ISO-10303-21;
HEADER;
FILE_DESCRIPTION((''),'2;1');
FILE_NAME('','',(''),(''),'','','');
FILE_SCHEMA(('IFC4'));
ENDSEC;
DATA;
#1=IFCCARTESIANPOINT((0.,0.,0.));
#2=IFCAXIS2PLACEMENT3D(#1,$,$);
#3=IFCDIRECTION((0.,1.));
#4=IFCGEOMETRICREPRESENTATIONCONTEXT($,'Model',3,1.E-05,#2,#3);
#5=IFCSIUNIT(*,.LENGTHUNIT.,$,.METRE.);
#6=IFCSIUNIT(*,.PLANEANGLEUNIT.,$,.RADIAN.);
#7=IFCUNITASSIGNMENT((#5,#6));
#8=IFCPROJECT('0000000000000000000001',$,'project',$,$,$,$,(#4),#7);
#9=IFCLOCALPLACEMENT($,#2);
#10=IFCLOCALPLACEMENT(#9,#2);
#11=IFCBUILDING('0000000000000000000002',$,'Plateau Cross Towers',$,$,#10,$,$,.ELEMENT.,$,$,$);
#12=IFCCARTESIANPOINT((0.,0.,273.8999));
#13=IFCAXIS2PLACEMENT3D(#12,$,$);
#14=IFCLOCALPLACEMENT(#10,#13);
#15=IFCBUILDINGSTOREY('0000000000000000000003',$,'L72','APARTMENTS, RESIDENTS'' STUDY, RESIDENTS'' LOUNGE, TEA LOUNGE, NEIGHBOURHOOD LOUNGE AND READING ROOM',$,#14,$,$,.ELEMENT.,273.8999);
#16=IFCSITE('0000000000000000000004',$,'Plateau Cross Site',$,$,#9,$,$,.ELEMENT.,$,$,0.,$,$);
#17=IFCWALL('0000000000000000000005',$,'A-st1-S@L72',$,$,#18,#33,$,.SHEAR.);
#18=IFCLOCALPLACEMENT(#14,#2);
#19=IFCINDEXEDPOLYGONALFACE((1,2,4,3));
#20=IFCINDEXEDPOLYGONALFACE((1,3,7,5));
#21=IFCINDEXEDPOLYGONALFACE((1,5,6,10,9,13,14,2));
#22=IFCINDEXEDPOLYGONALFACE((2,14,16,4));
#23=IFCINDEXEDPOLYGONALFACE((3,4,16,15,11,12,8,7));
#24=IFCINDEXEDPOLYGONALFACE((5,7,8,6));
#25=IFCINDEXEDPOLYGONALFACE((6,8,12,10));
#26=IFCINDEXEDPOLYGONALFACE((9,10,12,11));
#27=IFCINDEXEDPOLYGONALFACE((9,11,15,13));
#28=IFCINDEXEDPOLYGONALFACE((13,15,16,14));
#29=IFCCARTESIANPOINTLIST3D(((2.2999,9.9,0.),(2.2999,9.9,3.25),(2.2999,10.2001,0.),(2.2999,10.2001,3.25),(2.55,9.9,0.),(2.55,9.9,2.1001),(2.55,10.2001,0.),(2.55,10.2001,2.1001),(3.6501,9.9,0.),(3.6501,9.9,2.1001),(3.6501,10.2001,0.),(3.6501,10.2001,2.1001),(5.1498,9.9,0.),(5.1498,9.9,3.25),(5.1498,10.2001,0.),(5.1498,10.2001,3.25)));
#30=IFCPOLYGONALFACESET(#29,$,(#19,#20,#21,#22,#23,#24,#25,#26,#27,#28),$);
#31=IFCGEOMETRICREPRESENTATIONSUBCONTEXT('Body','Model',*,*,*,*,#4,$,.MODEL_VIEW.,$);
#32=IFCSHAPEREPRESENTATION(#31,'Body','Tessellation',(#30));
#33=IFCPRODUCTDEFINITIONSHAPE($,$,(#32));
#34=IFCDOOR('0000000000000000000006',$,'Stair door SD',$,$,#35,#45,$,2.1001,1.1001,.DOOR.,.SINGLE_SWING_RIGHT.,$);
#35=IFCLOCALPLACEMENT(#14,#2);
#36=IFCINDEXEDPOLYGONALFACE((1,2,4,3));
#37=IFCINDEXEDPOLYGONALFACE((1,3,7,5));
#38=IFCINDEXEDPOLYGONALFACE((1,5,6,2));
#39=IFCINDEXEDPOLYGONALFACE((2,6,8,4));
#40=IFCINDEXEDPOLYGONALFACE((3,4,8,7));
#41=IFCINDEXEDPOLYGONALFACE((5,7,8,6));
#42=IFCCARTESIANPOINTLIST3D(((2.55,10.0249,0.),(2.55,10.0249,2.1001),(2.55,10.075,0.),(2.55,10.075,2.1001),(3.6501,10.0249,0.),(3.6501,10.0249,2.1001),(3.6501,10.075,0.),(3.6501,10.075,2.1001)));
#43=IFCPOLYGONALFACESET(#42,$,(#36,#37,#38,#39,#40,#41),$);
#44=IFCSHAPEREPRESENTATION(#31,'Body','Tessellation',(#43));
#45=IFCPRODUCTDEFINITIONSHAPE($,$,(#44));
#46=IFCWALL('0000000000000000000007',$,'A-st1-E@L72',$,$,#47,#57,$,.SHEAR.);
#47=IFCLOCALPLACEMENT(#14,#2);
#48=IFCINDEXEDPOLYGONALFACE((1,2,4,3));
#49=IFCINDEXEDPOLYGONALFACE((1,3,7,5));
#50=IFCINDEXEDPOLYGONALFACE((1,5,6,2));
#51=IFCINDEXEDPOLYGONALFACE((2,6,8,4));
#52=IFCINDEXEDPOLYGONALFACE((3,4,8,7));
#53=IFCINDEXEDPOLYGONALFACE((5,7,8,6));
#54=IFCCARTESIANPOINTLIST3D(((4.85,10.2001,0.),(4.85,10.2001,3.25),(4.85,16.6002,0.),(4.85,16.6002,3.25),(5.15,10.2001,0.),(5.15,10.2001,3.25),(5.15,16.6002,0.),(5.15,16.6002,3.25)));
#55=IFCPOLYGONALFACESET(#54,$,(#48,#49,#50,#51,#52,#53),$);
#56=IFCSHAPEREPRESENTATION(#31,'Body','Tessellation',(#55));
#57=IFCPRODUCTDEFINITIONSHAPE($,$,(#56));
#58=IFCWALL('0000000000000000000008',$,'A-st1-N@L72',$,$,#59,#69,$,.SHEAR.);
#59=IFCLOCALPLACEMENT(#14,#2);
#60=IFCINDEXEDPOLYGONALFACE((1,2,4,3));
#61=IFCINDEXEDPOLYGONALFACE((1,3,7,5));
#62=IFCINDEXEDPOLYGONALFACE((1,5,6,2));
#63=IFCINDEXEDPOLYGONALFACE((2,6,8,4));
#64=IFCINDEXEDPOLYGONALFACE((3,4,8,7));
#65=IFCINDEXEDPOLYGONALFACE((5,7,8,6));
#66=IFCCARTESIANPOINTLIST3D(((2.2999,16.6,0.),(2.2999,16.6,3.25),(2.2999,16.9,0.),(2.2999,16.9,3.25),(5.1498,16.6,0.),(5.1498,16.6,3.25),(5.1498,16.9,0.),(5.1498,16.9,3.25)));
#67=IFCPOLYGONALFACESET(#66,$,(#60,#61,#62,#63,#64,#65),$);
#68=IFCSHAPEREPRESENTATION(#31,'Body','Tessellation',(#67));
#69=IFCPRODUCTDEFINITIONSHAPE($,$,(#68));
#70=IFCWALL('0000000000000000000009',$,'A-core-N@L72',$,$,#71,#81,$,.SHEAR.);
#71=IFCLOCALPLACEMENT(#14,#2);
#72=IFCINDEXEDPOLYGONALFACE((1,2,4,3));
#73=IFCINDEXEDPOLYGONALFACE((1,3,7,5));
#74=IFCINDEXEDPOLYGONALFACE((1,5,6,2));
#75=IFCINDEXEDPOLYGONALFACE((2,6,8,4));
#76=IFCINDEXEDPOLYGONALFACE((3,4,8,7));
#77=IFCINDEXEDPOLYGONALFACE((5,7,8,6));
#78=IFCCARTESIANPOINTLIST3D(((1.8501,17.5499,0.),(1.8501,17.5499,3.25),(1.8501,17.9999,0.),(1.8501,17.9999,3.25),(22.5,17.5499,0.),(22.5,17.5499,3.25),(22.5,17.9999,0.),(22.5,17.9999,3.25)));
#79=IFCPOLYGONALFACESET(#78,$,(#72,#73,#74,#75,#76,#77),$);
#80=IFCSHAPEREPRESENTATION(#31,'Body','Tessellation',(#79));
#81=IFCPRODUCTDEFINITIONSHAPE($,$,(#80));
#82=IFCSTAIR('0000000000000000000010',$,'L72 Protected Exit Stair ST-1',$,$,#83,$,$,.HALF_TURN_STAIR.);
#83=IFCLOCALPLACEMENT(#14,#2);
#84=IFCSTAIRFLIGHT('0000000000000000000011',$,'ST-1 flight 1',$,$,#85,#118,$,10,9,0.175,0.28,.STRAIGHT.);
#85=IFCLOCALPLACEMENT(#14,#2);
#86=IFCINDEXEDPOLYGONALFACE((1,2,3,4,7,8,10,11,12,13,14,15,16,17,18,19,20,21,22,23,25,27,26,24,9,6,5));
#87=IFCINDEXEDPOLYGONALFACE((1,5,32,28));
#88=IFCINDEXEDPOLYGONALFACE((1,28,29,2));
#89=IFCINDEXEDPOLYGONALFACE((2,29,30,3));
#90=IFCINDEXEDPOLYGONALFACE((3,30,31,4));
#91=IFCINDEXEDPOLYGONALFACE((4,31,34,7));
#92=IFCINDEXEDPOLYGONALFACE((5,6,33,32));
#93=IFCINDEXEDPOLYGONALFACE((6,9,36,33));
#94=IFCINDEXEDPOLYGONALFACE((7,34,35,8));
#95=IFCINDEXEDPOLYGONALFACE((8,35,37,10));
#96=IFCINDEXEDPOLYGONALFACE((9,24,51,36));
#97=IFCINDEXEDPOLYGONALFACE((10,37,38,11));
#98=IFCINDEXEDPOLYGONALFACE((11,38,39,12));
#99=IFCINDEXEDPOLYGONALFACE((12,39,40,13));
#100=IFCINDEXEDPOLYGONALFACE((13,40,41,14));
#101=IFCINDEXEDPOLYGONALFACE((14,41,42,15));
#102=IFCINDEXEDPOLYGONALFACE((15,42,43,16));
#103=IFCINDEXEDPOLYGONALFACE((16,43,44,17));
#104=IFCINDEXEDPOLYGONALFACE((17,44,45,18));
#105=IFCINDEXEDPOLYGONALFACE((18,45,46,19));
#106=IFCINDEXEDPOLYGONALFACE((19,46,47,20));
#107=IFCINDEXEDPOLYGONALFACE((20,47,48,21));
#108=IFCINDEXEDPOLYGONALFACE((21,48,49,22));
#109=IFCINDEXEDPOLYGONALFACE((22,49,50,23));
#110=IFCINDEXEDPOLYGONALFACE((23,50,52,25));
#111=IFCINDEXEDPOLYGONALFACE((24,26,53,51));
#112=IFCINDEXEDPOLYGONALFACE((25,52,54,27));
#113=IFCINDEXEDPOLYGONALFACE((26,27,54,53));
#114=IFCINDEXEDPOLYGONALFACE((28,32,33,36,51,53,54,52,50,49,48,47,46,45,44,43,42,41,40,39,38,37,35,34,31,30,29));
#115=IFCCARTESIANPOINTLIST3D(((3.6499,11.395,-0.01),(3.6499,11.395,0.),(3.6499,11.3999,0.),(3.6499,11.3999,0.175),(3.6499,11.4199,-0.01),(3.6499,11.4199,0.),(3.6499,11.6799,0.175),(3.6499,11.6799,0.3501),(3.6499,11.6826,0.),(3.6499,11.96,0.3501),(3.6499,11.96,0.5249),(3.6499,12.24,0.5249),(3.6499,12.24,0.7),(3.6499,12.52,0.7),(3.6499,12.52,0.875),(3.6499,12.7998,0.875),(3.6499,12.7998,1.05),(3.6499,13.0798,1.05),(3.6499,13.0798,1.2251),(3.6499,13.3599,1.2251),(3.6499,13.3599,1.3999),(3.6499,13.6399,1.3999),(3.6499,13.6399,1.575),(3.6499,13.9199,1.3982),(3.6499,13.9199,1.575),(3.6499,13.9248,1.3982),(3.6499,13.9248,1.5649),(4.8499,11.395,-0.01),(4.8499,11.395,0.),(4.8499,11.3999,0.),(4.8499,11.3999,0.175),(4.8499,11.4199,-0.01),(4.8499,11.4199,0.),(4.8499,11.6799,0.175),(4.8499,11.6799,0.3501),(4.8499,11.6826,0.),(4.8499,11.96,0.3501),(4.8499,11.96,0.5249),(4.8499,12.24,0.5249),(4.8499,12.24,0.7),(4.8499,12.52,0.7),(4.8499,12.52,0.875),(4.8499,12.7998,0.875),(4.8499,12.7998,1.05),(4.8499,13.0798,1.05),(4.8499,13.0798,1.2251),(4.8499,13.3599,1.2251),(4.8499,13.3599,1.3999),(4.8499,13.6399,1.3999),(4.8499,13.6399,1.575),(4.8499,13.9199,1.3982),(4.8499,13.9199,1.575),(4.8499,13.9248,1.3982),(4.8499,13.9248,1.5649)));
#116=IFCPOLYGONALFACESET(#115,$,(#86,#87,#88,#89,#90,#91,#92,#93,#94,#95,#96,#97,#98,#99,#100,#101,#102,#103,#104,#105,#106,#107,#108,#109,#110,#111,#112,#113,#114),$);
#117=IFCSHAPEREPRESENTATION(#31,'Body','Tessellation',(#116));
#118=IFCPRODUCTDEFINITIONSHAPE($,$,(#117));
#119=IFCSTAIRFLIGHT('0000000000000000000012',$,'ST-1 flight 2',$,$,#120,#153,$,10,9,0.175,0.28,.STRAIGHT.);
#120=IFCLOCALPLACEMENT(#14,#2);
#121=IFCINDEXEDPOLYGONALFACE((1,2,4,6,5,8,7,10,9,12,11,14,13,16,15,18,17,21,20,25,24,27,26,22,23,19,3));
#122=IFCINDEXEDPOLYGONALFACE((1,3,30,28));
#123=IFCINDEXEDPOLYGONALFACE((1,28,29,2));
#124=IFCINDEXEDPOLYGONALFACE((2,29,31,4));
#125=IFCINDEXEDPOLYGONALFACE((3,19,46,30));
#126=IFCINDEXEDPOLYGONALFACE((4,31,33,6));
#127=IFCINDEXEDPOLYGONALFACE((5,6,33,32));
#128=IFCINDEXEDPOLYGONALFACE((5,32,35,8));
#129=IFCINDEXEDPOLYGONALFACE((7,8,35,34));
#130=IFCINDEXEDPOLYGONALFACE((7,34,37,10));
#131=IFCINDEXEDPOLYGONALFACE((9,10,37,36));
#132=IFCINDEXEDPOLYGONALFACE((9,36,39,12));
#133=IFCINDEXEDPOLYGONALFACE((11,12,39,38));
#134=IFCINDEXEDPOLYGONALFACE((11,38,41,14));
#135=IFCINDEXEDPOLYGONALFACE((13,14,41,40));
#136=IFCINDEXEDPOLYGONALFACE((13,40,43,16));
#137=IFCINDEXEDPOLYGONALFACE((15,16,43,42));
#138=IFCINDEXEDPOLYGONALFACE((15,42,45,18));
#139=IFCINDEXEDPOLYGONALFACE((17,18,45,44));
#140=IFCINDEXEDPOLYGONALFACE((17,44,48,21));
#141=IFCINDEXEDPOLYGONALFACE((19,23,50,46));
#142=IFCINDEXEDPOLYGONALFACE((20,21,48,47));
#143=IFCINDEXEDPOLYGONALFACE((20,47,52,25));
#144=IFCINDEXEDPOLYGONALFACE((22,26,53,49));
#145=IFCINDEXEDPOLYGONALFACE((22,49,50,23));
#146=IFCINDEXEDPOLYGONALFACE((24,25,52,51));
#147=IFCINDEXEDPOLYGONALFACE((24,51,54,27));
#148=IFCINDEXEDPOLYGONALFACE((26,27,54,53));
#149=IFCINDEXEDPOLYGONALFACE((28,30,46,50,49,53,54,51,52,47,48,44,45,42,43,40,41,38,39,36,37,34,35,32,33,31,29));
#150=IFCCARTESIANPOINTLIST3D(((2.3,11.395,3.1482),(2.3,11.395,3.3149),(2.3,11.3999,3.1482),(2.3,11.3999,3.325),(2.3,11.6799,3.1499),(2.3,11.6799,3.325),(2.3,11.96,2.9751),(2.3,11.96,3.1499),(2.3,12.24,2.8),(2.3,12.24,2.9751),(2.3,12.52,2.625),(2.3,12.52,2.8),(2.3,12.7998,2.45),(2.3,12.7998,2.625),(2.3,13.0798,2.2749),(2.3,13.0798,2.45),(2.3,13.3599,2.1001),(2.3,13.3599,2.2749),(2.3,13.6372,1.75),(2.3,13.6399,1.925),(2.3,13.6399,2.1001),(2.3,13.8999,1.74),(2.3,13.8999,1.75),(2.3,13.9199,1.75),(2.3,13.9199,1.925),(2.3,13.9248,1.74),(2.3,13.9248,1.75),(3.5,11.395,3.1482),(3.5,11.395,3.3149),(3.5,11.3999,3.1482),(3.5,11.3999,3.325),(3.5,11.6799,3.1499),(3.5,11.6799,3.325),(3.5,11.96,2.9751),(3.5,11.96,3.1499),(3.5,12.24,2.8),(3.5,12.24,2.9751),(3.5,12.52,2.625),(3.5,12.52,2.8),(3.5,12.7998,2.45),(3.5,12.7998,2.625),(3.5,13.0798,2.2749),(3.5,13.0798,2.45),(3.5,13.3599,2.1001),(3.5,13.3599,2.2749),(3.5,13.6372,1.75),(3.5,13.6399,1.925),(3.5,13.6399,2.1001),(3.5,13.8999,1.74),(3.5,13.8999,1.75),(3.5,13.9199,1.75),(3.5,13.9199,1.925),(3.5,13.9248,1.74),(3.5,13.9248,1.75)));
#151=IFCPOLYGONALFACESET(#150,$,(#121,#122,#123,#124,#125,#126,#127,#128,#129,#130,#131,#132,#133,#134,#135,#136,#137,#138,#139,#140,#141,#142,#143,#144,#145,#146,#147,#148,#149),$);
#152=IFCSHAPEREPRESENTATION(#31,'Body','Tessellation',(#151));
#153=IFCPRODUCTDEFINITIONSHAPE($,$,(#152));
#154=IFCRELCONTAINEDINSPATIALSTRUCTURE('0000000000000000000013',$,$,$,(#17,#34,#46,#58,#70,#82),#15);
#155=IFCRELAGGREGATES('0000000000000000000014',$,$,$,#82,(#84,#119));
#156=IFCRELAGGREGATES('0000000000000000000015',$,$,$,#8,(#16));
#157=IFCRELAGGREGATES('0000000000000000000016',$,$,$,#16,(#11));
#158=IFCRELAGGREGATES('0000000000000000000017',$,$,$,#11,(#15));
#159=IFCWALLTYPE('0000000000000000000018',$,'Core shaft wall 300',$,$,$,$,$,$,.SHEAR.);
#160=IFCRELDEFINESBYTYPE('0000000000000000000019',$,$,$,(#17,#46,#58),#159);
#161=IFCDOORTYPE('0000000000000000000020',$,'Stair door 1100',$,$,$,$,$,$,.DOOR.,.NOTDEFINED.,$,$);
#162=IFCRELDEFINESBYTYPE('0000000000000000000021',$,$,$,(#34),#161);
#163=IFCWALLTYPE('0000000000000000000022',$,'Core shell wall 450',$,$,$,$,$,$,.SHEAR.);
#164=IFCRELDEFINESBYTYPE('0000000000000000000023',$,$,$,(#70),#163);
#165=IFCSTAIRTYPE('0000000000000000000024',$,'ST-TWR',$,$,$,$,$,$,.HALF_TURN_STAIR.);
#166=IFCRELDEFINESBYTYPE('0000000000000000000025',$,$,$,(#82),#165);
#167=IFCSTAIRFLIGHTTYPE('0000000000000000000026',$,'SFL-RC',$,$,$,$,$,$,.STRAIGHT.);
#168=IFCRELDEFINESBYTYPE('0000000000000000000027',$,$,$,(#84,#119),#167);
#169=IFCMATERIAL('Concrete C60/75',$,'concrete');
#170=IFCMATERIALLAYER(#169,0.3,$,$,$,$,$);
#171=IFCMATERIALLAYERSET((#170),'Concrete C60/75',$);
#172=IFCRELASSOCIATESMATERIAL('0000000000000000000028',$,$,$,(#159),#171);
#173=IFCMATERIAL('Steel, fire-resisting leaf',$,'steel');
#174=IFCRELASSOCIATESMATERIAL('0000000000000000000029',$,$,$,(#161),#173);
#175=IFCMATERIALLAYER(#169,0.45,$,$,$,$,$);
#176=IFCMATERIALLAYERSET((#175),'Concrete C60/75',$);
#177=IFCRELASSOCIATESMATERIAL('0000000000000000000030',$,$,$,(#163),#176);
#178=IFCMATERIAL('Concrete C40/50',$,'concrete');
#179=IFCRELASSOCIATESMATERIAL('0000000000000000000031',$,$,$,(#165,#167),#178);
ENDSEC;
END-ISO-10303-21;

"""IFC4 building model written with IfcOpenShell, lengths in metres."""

from ifc_helpers import new_model, si_unit, direction, frame, frame_2d, origin, place, context, subcontext, project, spatial, polyline, rectangle, outline, extrude, material, layer, layer_set, type_object, element, fill, aggregate, save


model = new_model("IFC4")

# Units and contexts
model_context = context("Model", 3, precision=1e-05, world=origin(), true_north=direction((0.0, 1.0)))
body_context = subcontext(model_context, "Body", "Model", "MODEL_VIEW")
ifc_project = project(units=[si_unit("LENGTHUNIT", "METRE"), si_unit("PLANEANGLEUNIT", "RADIAN")], contexts=[model_context])

# Site, building, storey
site_placement = place(None, origin())
site = spatial("IfcSite", under=ifc_project, at=site_placement, Name="Plateau Cross Site", CompositionType="ELEMENT", RefElevation=0.0)
building_placement = place(site_placement, origin())
building = spatial("IfcBuilding", under=site, at=building_placement, Name="Plateau Cross Towers", CompositionType="ELEMENT")
storey_placement = place(building_placement, frame((0.0, 0.0, 273.8999)))
storey = spatial("IfcBuildingStorey", under=building, at=storey_placement, Name="L72", Description="APARTMENTS, RESIDENTS' STUDY, RESIDENTS' LOUNGE, TEA LOUNGE, NEIGHBOURHOOD LOUNGE AND READING ROOM", CompositionType="ELEMENT", Elevation=273.8999)

# Shared definitions
ifc_material_1 = material(Name="Concrete C60/75", Category="concrete")

# Wall, opening, door
ifc_layer_1 = layer(ifc_material_1, 0.3)
ifc_layer_set_1 = layer_set([ifc_layer_1], Name="Concrete C60/75")
wall_type_1 = type_object("IfcWallType", Name="Core shaft wall 300", PredefinedType="SHEAR", material=ifc_layer_set_1)
wall_1_placement = place(storey_placement, frame((2.3, 10.05, 0.0), z_axis=(0.0, 0.0, 1.0), x_axis=(1.0, 0.0, 0.0)))
wall_1 = element("IfcWall", 1, at=wall_1_placement, inside=storey, type_object=wall_type_1, Name="A-st1-S@L72", PredefinedType="SHEAR", context=body_context, shape_type="SweptSolid", body=[
    extrude(rectangle(XDim=2.8499, YDim=0.3, at=frame_2d((1.4248, 0.0))), origin(), (0.0, 0.0, 1.0), 3.25),
])
opening_placement = place(wall_1_placement, frame((0.25, 0.0, 0.0)))
opening = element("IfcOpeningElement", 2, at=opening_placement, cuts=wall_1, PredefinedType="OPENING", context=body_context, shape_type="SweptSolid", body=[
    extrude(rectangle(XDim=1.1001, YDim=2.1001, at=frame_2d((0.55, 1.05))), frame((0.0, 0.1599, 0.0), z_axis=(0.0, -1.0, 0.0), x_axis=(1.0, 0.0, 0.0)), (0.0, 0.0, 1.0), 0.3201),
])
ifc_material_2 = material(Name="Steel, fire-resisting leaf", Category="steel")
door_type = type_object("IfcDoorType", Name="Stair door 1100", OperationType="NOTDEFINED", PredefinedType="DOOR", material=ifc_material_2)
door_placement = place(opening_placement, origin())
door = element("IfcDoor", 3, at=door_placement, inside=storey, type_object=door_type, Name="Stair door SD", OperationType="SINGLE_SWING_RIGHT", OverallHeight=2.1001, OverallWidth=1.1001, PredefinedType="DOOR", context=body_context, shape_type="SweptSolid", body=[
    extrude(rectangle(XDim=1.1001, YDim=2.1001, at=frame_2d((0.55, 1.05))), frame((0.0, 0.0249, 0.0), z_axis=(0.0, -1.0, 0.0), x_axis=(1.0, 0.0, 0.0)), (0.0, 0.0, 1.0), 0.05),
])
fill(opening, door)

# Walls
wall_2_placement = place(storey_placement, frame((5.0, 10.2, 0.0), z_axis=(0.0, 0.0, 1.0), x_axis=(0.0, 1.0, 0.0)))
element("IfcWall", 4, at=wall_2_placement, inside=storey, type_object=wall_type_1, Name="A-st1-E@L72", PredefinedType="SHEAR", context=body_context, shape_type="SweptSolid", body=[
    extrude(rectangle(XDim=6.4001, YDim=0.3, at=frame_2d((3.2002, 0.0))), origin(), (0.0, 0.0, 1.0), 3.25),
])
wall_3_placement = place(storey_placement, frame((2.3, 16.75, 0.0), z_axis=(0.0, 0.0, 1.0), x_axis=(1.0, 0.0, 0.0)))
element("IfcWall", 5, at=wall_3_placement, inside=storey, type_object=wall_type_1, Name="A-st1-N@L72", PredefinedType="SHEAR", context=body_context, shape_type="SweptSolid", body=[
    extrude(rectangle(XDim=2.8499, YDim=0.3, at=frame_2d((1.4248, 0.0))), origin(), (0.0, 0.0, 1.0), 3.25),
])
ifc_layer_2 = layer(ifc_material_1, 0.45)
ifc_layer_set_2 = layer_set([ifc_layer_2], Name="Concrete C60/75")
wall_type_2 = type_object("IfcWallType", Name="Core shell wall 450", PredefinedType="SHEAR", material=ifc_layer_set_2)
wall_4_placement = place(storey_placement, frame((1.8501, 17.7749, 0.0), z_axis=(0.0, 0.0, 1.0), x_axis=(1.0, 0.0, 0.0)))
element("IfcWall", 6, at=wall_4_placement, inside=storey, type_object=wall_type_2, Name="A-core-N@L72", PredefinedType="SHEAR", context=body_context, shape_type="SweptSolid", body=[
    extrude(rectangle(XDim=20.6499, YDim=0.45, at=frame_2d((10.325, 0.0))), origin(), (0.0, 0.0, 1.0), 3.25),
])

# Stair, stair flights
ifc_material_3 = material(Name="Concrete C40/50", Category="concrete")
stair_type = type_object("IfcStairType", Name="ST-TWR", PredefinedType="HALF_TURN_STAIR", material=ifc_material_3)
stair_placement = place(storey_placement, origin())
stair = element("IfcStair", 7, at=stair_placement, inside=storey, type_object=stair_type, Name="L72 Protected Exit Stair ST-1", PredefinedType="HALF_TURN_STAIR")
stair_flight_type = type_object("IfcStairFlightType", Name="SFL-RC", PredefinedType="STRAIGHT", material=ifc_material_3)
stair_flight_1_placement = place(storey_placement, frame((4.25, 11.3999, 0.0), z_axis=(0.0, 0.0, 1.0), x_axis=(0.0, 1.0, 0.0)))
stair_flight_1 = element("IfcStairFlight", 8, at=stair_flight_1_placement, type_object=stair_flight_type, Name="ST-1 flight 1", NumberOfRisers=10, NumberOfTreads=9, PredefinedType="STRAIGHT", RiserHeight=0.175, TreadLength=0.28, context=body_context, shape_type="SweptSolid", body=[
    extrude(outline(polyline([(-0.0049, -0.01), (-0.0049, 0.0), (0.0, 0.0), (0.0, 0.175), (0.28, 0.175), (0.28, 0.3501), (0.5601, 0.3501), (0.5601, 0.5249), (0.8401, 0.5249), (0.8401, 0.7), (1.1201, 0.7), (1.1201, 0.875), (1.3999, 0.875), (1.3999, 1.05), (1.6799, 1.05), (1.6799, 1.2251), (1.96, 1.2251), (1.96, 1.3999), (2.24, 1.3999), (2.24, 1.575), (2.52, 1.575), (2.5249, 1.5649), (2.5249, 1.3982), (2.52, 1.3982), (0.2827, 0.0), (0.02, 0.0), (0.02, -0.01), (-0.0049, -0.01)])), frame((0.0, 0.6001, 0.0), z_axis=(0.0, -1.0, 0.0), x_axis=(1.0, 0.0, 0.0)), (0.0, 0.0, 1.0), 1.2),
])
stair_flight_2_placement = place(storey_placement, frame((2.8999, 13.9199, 1.75), z_axis=(0.0, 0.0, 1.0), x_axis=(0.0, -1.0, 0.0)))
stair_flight_2 = element("IfcStairFlight", 9, at=stair_flight_2_placement, type_object=stair_flight_type, Name="ST-1 flight 2", NumberOfRisers=10, NumberOfTreads=9, PredefinedType="STRAIGHT", RiserHeight=0.175, TreadLength=0.28, context=body_context, shape_type="SweptSolid", body=[
    extrude(outline(polyline([(-0.0049, -0.01), (-0.0049, 0.0), (0.0, 0.0), (0.0, 0.175), (0.28, 0.175), (0.28, 0.3501), (0.5601, 0.3501), (0.5601, 0.5249), (0.8401, 0.5249), (0.8401, 0.7), (1.1201, 0.7), (1.1201, 0.875), (1.3999, 0.875), (1.3999, 1.05), (1.6799, 1.05), (1.6799, 1.2251), (1.96, 1.2251), (1.96, 1.3999), (2.24, 1.3999), (2.24, 1.575), (2.52, 1.575), (2.5249, 1.5649), (2.5249, 1.3982), (2.52, 1.3982), (0.2827, 0.0), (0.02, 0.0), (0.02, -0.01), (-0.0049, -0.01)])), frame((0.0, 0.6001, 0.0), z_axis=(0.0, -1.0, 0.0), x_axis=(1.0, 0.0, 0.0)), (0.0, 0.0, 1.0), 1.2),
])
aggregate(stair, [stair_flight_1, stair_flight_2])

save(model, "model.ifc")
